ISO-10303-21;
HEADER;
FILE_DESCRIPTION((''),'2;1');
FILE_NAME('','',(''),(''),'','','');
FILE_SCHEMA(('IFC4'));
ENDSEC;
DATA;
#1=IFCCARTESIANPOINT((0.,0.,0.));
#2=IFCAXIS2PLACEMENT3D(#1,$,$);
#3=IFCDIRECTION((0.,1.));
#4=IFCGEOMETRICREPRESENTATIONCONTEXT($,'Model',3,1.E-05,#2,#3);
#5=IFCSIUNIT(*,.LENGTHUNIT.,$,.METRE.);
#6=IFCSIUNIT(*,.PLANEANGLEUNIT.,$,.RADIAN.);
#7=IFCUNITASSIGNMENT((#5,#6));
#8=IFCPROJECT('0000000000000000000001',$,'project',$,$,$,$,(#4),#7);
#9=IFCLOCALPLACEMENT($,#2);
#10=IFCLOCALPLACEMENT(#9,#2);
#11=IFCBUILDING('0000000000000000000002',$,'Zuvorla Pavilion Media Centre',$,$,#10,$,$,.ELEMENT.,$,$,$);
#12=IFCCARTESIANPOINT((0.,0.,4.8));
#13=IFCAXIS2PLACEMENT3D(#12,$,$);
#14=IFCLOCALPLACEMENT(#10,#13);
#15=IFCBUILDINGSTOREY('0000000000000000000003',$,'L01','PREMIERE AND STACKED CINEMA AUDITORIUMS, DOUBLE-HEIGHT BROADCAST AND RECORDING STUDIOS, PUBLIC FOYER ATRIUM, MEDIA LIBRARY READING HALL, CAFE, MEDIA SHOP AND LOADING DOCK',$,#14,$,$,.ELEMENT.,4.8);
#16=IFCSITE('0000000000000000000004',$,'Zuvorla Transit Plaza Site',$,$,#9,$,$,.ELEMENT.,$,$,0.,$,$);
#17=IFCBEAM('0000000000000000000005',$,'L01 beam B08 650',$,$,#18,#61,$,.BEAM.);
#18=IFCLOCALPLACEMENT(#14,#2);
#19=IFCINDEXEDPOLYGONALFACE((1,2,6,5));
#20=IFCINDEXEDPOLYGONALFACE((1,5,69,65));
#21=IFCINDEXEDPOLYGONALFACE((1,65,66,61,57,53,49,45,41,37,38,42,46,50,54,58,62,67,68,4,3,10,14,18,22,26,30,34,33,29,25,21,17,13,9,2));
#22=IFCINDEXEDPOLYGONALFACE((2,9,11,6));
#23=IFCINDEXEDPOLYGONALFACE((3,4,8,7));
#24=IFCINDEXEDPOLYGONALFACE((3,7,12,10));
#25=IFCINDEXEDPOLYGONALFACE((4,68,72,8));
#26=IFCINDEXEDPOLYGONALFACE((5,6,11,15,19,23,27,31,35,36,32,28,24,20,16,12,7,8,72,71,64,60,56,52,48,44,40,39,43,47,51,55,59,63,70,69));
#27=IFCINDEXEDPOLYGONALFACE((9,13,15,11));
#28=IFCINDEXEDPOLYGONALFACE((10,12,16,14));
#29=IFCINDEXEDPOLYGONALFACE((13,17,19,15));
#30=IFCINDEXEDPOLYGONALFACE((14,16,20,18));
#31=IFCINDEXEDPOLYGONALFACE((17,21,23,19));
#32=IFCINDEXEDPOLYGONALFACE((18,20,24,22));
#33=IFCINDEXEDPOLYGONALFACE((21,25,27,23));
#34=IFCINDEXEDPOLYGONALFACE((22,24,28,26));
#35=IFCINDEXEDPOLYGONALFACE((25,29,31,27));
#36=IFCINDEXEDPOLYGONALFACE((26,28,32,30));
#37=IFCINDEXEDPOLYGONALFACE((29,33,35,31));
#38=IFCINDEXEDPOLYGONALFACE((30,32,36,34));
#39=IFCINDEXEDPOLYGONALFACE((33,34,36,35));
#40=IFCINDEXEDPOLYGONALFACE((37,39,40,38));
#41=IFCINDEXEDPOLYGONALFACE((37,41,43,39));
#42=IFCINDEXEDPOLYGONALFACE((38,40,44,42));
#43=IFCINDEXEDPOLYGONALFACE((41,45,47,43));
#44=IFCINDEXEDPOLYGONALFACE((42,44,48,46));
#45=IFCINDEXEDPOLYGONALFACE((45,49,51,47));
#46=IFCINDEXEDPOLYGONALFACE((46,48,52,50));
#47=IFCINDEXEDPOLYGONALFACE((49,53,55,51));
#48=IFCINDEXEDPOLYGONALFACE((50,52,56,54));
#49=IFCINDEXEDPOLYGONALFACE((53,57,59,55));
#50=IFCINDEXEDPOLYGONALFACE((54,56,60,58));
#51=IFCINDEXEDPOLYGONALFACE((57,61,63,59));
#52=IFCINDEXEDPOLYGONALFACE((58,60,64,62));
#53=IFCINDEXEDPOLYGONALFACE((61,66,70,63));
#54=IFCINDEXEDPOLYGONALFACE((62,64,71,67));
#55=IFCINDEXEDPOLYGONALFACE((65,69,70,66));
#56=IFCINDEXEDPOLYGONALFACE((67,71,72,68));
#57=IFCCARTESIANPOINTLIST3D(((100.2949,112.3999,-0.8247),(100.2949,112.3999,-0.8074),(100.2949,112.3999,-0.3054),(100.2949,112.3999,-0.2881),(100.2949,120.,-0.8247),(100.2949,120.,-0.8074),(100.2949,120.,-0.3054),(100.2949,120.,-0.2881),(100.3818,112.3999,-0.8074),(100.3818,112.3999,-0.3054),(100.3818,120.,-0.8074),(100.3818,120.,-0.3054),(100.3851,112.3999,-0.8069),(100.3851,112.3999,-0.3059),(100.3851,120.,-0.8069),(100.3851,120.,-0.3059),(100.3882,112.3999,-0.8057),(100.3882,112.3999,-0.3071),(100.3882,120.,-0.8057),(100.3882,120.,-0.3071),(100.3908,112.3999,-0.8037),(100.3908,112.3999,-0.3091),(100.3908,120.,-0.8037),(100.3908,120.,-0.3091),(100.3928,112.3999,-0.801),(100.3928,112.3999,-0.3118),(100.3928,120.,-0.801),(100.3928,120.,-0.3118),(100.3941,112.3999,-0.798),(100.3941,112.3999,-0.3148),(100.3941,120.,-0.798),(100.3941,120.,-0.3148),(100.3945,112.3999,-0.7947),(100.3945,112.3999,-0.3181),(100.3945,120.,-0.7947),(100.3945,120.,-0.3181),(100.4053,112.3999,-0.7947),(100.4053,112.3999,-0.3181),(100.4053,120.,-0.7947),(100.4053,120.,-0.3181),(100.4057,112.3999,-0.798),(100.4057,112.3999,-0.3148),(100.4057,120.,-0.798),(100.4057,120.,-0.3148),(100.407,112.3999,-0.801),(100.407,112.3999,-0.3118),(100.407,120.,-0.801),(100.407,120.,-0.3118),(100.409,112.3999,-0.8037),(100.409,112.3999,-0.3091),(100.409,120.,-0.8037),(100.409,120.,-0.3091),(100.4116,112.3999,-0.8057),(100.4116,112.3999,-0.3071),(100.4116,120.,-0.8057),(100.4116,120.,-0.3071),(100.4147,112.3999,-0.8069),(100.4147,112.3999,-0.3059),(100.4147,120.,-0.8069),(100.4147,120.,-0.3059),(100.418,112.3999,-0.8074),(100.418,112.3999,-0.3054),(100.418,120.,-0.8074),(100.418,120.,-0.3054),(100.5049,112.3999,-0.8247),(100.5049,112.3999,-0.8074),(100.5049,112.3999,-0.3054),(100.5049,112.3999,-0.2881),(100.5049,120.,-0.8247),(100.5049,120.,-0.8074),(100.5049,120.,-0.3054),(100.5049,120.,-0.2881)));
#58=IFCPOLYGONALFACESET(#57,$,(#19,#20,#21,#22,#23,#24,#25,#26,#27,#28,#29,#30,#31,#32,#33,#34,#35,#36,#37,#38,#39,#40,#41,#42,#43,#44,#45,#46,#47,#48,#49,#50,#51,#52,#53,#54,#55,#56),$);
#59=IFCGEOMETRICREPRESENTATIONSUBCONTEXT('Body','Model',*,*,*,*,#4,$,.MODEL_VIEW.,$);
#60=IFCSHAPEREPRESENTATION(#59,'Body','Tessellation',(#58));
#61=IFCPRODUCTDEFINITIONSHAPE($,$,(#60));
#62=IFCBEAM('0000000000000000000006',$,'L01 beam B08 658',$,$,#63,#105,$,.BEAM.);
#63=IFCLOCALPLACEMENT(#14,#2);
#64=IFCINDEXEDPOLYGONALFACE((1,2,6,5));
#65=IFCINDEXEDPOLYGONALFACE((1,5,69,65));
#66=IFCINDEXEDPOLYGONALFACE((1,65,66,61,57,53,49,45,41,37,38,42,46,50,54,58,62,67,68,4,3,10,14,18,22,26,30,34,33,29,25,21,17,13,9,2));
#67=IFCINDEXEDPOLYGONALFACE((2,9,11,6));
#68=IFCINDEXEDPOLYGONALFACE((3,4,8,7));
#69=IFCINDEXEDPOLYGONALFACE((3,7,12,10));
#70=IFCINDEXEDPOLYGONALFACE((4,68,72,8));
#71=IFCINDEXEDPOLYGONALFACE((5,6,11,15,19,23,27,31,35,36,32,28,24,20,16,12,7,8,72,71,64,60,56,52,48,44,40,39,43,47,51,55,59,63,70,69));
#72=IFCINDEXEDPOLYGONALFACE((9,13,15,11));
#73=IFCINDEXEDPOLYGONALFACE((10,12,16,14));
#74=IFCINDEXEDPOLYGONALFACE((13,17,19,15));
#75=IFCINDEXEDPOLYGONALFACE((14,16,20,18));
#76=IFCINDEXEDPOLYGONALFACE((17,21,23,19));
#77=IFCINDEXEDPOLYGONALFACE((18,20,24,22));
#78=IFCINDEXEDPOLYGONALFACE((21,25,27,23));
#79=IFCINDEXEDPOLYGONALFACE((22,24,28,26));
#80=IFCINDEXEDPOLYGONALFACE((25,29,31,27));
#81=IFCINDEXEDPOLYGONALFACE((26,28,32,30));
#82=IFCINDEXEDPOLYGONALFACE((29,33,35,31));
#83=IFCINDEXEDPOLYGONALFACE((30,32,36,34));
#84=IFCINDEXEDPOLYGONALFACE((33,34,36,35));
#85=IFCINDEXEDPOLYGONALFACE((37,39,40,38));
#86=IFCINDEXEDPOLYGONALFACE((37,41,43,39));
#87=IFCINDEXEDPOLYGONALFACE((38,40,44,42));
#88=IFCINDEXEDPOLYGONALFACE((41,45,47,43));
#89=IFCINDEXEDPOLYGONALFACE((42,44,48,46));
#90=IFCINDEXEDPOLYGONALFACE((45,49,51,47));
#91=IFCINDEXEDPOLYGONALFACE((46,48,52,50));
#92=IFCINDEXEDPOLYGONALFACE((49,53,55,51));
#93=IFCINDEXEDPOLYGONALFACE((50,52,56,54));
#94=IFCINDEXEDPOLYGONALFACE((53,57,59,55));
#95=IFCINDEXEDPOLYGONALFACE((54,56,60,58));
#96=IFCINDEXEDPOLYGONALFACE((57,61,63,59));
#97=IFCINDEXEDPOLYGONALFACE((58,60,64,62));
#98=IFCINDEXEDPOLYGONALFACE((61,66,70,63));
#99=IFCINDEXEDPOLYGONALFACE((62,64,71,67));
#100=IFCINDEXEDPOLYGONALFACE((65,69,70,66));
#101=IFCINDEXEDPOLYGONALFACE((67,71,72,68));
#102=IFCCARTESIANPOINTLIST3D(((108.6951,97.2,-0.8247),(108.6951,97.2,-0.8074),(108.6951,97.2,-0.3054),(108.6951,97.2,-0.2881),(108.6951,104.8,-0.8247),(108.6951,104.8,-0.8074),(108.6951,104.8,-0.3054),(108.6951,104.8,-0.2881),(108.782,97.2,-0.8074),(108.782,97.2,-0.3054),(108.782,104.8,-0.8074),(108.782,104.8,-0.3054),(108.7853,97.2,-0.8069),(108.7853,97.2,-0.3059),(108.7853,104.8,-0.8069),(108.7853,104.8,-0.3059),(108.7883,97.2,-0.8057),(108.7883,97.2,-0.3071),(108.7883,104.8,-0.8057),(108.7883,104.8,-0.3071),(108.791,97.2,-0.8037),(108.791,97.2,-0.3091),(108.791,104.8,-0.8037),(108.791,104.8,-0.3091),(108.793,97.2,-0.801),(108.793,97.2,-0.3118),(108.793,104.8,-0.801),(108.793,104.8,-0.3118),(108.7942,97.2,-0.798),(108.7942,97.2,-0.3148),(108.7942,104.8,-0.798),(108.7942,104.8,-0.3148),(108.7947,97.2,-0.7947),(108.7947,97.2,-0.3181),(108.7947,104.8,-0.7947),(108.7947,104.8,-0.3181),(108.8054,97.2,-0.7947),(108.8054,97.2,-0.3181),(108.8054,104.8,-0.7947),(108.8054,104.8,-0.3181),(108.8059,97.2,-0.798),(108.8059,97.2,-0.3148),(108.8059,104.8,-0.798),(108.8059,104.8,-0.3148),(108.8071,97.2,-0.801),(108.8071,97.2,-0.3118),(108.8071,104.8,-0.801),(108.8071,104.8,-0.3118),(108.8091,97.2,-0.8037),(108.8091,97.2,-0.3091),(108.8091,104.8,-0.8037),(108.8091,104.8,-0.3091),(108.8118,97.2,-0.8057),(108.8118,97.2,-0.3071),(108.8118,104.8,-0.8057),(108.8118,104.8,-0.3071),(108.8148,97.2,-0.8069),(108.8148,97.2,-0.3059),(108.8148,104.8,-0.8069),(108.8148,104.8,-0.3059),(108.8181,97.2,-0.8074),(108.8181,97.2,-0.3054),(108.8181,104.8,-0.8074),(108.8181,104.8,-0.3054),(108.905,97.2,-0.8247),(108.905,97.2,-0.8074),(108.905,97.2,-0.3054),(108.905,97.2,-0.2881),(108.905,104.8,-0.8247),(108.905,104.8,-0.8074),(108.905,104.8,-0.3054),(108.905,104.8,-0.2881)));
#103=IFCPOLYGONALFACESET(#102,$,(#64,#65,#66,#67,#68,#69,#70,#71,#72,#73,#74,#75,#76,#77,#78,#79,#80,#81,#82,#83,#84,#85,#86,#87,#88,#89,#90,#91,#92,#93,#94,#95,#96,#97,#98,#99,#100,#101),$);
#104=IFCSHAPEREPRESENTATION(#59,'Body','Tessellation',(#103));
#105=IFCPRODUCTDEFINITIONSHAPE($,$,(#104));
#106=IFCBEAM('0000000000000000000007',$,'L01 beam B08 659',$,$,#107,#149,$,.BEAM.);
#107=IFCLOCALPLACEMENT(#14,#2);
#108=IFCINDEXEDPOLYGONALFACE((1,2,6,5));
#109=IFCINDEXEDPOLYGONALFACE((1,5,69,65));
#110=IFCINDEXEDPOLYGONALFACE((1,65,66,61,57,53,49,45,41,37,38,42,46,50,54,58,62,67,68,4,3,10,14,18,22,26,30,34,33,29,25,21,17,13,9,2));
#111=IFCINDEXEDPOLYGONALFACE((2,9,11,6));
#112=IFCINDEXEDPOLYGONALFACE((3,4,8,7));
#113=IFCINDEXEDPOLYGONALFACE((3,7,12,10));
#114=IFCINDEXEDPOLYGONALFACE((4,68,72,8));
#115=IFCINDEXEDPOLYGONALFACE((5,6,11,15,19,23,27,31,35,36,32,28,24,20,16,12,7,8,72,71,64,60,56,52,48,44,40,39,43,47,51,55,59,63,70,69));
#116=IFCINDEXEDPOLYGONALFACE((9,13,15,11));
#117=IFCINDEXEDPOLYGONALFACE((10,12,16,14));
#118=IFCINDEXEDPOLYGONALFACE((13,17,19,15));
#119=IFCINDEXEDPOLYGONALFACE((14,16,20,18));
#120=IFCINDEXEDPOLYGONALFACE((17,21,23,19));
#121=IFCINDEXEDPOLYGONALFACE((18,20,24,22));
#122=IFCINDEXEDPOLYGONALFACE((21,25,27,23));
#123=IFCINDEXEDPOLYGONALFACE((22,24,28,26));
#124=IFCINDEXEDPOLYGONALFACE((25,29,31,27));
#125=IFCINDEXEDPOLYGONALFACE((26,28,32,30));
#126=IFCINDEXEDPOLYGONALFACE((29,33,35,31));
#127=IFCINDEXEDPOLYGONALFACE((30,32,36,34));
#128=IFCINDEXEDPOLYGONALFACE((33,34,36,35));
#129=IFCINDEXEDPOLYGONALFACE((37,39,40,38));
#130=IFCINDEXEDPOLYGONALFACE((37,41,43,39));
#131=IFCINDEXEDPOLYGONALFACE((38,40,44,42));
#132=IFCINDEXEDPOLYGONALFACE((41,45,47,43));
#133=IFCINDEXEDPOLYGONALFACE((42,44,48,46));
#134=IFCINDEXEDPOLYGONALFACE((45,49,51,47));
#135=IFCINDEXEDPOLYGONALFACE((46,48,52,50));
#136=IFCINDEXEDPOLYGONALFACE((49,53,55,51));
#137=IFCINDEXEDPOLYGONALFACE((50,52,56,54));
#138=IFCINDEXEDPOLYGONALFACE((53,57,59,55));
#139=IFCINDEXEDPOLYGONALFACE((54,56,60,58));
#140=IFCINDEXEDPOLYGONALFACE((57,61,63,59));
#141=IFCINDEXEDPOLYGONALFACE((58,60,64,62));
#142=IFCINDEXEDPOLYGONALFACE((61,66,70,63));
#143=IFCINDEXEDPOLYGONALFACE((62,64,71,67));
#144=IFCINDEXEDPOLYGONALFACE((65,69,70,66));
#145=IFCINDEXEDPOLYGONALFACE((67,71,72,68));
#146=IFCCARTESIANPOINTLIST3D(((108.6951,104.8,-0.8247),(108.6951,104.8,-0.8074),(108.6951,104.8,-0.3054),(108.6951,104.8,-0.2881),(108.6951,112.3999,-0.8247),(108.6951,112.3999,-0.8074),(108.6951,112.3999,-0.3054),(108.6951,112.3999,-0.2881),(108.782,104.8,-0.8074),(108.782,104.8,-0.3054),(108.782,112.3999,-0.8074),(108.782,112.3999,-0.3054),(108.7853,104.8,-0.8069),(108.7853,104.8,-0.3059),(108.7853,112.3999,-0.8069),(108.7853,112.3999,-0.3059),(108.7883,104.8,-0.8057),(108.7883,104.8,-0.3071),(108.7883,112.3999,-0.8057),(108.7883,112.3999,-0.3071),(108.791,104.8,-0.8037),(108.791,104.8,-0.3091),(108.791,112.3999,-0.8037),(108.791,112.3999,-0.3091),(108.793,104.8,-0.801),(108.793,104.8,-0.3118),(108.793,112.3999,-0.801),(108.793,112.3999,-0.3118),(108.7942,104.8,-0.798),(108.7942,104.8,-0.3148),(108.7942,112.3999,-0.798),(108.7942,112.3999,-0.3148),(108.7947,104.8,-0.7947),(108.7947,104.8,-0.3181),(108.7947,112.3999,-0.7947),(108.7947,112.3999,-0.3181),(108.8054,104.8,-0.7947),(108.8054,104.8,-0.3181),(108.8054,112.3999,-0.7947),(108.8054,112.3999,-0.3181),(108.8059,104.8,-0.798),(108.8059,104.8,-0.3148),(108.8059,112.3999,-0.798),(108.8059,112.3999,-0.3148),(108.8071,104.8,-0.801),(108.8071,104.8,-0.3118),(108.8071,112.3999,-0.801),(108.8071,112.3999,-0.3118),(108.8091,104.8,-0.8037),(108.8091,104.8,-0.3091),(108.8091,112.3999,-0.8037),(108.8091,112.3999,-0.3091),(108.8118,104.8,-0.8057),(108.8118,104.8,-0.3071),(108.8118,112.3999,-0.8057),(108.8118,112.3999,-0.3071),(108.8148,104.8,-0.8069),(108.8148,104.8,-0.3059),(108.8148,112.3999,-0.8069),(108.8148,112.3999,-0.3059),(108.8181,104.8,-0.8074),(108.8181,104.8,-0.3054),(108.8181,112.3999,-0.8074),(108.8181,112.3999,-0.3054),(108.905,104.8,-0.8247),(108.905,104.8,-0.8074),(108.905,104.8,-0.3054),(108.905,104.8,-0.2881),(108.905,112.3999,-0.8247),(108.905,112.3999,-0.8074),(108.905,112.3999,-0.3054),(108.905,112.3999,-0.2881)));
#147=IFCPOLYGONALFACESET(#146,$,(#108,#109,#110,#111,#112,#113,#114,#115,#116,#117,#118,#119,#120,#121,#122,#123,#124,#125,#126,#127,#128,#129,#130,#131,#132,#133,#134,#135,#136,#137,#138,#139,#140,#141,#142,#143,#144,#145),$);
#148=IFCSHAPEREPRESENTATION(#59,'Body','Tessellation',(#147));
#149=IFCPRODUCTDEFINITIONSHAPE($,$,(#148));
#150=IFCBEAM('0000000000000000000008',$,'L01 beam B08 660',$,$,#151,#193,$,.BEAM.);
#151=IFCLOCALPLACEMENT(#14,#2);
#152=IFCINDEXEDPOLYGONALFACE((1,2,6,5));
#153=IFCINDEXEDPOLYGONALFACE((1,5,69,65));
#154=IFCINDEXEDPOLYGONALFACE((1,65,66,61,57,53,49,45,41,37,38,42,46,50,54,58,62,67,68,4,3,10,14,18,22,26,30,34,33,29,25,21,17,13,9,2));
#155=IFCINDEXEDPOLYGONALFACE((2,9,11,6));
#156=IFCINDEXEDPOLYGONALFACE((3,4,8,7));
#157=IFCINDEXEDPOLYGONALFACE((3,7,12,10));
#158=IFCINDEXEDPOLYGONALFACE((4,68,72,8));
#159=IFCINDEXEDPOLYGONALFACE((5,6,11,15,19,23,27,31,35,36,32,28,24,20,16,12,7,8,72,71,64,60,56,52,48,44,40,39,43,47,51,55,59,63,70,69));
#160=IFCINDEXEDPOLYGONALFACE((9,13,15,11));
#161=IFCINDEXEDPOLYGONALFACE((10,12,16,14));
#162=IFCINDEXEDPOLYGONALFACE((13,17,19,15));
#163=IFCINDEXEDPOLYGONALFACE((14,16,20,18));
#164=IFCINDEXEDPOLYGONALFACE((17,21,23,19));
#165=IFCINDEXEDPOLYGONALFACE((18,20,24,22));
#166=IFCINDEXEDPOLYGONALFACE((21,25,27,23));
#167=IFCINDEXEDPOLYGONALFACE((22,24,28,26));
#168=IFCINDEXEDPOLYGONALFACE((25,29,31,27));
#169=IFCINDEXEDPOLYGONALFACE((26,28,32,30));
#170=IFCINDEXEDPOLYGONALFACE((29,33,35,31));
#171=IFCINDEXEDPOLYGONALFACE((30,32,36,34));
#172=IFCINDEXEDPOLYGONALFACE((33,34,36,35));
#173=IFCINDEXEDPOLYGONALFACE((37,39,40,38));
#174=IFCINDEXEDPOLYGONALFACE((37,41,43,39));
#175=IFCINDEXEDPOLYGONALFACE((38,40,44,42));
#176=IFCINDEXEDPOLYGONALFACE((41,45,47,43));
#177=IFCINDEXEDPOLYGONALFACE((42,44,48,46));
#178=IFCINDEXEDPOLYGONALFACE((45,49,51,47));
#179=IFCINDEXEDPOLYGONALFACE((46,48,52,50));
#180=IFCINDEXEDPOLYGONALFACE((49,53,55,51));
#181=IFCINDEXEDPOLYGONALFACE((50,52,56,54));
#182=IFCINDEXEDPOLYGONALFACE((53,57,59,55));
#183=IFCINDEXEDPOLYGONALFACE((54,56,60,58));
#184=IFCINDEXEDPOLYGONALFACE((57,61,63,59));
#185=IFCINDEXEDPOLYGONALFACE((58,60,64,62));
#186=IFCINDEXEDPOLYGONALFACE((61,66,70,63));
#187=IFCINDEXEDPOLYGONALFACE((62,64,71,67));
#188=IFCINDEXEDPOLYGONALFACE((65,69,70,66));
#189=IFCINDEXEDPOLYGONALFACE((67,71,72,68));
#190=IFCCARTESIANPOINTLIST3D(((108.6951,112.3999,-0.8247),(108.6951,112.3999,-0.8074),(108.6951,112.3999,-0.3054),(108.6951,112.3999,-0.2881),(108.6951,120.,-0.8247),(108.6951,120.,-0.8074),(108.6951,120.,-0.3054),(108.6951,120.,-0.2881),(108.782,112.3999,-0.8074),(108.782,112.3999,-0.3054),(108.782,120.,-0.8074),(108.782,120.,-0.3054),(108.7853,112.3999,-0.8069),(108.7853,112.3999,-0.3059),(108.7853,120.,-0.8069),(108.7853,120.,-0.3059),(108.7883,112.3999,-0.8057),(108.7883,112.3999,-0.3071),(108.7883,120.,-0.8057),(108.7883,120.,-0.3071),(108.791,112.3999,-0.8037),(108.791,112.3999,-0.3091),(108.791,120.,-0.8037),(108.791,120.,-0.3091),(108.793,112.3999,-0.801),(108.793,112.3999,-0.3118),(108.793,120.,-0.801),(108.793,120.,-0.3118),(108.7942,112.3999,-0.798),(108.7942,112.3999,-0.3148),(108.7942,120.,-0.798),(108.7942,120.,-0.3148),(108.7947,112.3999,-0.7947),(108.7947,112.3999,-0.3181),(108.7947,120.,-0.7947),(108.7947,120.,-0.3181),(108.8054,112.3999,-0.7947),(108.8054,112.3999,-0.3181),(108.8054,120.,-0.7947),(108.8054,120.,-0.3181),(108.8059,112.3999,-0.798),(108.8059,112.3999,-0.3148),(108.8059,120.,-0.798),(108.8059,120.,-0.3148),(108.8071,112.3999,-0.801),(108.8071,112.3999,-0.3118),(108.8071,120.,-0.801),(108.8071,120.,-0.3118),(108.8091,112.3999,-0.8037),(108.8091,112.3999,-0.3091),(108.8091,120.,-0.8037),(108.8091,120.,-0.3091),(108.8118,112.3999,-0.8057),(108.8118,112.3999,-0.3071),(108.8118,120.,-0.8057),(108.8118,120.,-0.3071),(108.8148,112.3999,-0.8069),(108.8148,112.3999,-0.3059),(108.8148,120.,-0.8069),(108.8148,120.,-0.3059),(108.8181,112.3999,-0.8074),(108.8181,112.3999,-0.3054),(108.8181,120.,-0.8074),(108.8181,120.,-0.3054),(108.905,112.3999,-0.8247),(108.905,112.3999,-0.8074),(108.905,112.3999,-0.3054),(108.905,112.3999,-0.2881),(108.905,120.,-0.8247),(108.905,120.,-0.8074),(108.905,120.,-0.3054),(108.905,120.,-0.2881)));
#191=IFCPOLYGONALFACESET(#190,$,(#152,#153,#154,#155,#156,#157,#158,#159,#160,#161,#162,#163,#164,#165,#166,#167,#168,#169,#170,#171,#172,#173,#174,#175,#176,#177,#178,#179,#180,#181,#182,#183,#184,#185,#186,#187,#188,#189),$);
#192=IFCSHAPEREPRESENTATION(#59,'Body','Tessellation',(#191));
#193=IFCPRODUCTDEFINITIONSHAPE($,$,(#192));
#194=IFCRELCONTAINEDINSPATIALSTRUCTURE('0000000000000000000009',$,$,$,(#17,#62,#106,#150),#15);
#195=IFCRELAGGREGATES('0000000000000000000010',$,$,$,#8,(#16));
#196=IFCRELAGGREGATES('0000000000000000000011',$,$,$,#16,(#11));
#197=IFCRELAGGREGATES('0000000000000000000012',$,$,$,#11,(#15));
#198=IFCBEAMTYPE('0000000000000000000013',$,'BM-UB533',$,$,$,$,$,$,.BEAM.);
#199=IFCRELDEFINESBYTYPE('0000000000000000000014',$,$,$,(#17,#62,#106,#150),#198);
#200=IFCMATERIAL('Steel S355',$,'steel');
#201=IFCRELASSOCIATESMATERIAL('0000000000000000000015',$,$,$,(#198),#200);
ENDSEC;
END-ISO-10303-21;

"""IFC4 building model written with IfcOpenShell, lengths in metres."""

from ifc_helpers import new_model, si_unit, direction, frame, origin, origin_2d, place, context, subcontext, project, spatial, i_section, extrude, material, material_profile, profile_set, type_object, element, save


model = new_model("IFC4")

# Units and contexts
model_context = context("Model", 3, precision=1e-05, world=origin(), true_north=direction((0.0, 1.0)))
body_context = subcontext(model_context, "Body", "Model", "MODEL_VIEW")
ifc_project = project(units=[si_unit("LENGTHUNIT", "METRE"), si_unit("PLANEANGLEUNIT", "RADIAN")], contexts=[model_context])

# Site, building, storey
site_placement = place(None, origin())
site = spatial("IfcSite", under=ifc_project, at=site_placement, Name="Zuvorla Transit Plaza Site", CompositionType="ELEMENT", RefElevation=0.0)
building_placement = place(site_placement, origin())
building = spatial("IfcBuilding", under=site, at=building_placement, Name="Zuvorla Pavilion Media Centre", CompositionType="ELEMENT")
storey_placement = place(building_placement, frame((0.0, 0.0, 4.8)))
storey = spatial("IfcBuildingStorey", under=building, at=storey_placement, Name="L01", Description="PREMIERE AND STACKED CINEMA AUDITORIUMS, DOUBLE-HEIGHT BROADCAST AND RECORDING STUDIOS, PUBLIC FOYER ATRIUM, MEDIA LIBRARY READING HALL, CAFE, MEDIA SHOP AND LOADING DOCK", CompositionType="ELEMENT", Elevation=4.8)

# Beams
ifc_material_1 = material(Name="Steel S355", Category="steel")
ifc_material_profile_1 = material_profile(ifc_material_1, i_section(OverallWidth=0.21, OverallDepth=0.5366, WebThickness=0.0107, FlangeThickness=0.0173, FilletRadius=0.0127, at=origin_2d()), Name="UB 533x210x101")
ifc_profile_set_1 = profile_set([ifc_material_profile_1], Name="Steel S355")
beam_type_1 = type_object("IfcBeamType", Name="BM-UB533", PredefinedType="BEAM", material=ifc_profile_set_1)
for number, where, z_axis, x_axis, name in (
    (1, (100.3999, 112.3999, -0.5564), (0.0, 1.0, 0.0), (-1.0, 0.0, 0.0), "L01 beam B08 650"),
    (2, (108.8, 97.2, -0.5564), (0.0, 1.0, 0.0), (-1.0, 0.0, 0.0), "L01 beam B08 658"),
):
    element("IfcBeam", number, at=place(storey_placement, frame(where, z_axis=z_axis, x_axis=x_axis)), inside=storey, type_object=beam_type_1, Name=name, PredefinedType="BEAM", context=body_context, shape_type="SweptSolid", body=[
        extrude(i_section(OverallWidth=0.21, OverallDepth=0.5366, WebThickness=0.0107, FlangeThickness=0.0173, FilletRadius=0.0127, at=origin_2d()), origin(), (0.0, 0.0, 1.0), 7.6001),
    ])
beam_1_placement = place(storey_placement, frame((108.8, 104.8, -0.5564), z_axis=(0.0, 1.0, 0.0), x_axis=(-1.0, 0.0, 0.0)))
element("IfcBeam", 3, at=beam_1_placement, inside=storey, type_object=beam_type_1, Name="L01 beam B08 659", PredefinedType="BEAM", context=body_context, shape_type="SweptSolid", body=[
    extrude(i_section(OverallWidth=0.21, OverallDepth=0.5366, WebThickness=0.0107, FlangeThickness=0.0173, FilletRadius=0.0127, at=origin_2d()), origin(), (0.0, 0.0, 1.0), 7.5999),
])
beam_2_placement = place(storey_placement, frame((108.8, 112.3999, -0.5564), z_axis=(0.0, 1.0, 0.0), x_axis=(-1.0, 0.0, 0.0)))
element("IfcBeam", 4, at=beam_2_placement, inside=storey, type_object=beam_type_1, Name="L01 beam B08 660", PredefinedType="BEAM", context=body_context, shape_type="SweptSolid", body=[
    extrude(i_section(OverallWidth=0.21, OverallDepth=0.5366, WebThickness=0.0107, FlangeThickness=0.0173, FilletRadius=0.0127, at=origin_2d()), origin(), (0.0, 0.0, 1.0), 7.6001),
])

save(model, "model.ifc")
